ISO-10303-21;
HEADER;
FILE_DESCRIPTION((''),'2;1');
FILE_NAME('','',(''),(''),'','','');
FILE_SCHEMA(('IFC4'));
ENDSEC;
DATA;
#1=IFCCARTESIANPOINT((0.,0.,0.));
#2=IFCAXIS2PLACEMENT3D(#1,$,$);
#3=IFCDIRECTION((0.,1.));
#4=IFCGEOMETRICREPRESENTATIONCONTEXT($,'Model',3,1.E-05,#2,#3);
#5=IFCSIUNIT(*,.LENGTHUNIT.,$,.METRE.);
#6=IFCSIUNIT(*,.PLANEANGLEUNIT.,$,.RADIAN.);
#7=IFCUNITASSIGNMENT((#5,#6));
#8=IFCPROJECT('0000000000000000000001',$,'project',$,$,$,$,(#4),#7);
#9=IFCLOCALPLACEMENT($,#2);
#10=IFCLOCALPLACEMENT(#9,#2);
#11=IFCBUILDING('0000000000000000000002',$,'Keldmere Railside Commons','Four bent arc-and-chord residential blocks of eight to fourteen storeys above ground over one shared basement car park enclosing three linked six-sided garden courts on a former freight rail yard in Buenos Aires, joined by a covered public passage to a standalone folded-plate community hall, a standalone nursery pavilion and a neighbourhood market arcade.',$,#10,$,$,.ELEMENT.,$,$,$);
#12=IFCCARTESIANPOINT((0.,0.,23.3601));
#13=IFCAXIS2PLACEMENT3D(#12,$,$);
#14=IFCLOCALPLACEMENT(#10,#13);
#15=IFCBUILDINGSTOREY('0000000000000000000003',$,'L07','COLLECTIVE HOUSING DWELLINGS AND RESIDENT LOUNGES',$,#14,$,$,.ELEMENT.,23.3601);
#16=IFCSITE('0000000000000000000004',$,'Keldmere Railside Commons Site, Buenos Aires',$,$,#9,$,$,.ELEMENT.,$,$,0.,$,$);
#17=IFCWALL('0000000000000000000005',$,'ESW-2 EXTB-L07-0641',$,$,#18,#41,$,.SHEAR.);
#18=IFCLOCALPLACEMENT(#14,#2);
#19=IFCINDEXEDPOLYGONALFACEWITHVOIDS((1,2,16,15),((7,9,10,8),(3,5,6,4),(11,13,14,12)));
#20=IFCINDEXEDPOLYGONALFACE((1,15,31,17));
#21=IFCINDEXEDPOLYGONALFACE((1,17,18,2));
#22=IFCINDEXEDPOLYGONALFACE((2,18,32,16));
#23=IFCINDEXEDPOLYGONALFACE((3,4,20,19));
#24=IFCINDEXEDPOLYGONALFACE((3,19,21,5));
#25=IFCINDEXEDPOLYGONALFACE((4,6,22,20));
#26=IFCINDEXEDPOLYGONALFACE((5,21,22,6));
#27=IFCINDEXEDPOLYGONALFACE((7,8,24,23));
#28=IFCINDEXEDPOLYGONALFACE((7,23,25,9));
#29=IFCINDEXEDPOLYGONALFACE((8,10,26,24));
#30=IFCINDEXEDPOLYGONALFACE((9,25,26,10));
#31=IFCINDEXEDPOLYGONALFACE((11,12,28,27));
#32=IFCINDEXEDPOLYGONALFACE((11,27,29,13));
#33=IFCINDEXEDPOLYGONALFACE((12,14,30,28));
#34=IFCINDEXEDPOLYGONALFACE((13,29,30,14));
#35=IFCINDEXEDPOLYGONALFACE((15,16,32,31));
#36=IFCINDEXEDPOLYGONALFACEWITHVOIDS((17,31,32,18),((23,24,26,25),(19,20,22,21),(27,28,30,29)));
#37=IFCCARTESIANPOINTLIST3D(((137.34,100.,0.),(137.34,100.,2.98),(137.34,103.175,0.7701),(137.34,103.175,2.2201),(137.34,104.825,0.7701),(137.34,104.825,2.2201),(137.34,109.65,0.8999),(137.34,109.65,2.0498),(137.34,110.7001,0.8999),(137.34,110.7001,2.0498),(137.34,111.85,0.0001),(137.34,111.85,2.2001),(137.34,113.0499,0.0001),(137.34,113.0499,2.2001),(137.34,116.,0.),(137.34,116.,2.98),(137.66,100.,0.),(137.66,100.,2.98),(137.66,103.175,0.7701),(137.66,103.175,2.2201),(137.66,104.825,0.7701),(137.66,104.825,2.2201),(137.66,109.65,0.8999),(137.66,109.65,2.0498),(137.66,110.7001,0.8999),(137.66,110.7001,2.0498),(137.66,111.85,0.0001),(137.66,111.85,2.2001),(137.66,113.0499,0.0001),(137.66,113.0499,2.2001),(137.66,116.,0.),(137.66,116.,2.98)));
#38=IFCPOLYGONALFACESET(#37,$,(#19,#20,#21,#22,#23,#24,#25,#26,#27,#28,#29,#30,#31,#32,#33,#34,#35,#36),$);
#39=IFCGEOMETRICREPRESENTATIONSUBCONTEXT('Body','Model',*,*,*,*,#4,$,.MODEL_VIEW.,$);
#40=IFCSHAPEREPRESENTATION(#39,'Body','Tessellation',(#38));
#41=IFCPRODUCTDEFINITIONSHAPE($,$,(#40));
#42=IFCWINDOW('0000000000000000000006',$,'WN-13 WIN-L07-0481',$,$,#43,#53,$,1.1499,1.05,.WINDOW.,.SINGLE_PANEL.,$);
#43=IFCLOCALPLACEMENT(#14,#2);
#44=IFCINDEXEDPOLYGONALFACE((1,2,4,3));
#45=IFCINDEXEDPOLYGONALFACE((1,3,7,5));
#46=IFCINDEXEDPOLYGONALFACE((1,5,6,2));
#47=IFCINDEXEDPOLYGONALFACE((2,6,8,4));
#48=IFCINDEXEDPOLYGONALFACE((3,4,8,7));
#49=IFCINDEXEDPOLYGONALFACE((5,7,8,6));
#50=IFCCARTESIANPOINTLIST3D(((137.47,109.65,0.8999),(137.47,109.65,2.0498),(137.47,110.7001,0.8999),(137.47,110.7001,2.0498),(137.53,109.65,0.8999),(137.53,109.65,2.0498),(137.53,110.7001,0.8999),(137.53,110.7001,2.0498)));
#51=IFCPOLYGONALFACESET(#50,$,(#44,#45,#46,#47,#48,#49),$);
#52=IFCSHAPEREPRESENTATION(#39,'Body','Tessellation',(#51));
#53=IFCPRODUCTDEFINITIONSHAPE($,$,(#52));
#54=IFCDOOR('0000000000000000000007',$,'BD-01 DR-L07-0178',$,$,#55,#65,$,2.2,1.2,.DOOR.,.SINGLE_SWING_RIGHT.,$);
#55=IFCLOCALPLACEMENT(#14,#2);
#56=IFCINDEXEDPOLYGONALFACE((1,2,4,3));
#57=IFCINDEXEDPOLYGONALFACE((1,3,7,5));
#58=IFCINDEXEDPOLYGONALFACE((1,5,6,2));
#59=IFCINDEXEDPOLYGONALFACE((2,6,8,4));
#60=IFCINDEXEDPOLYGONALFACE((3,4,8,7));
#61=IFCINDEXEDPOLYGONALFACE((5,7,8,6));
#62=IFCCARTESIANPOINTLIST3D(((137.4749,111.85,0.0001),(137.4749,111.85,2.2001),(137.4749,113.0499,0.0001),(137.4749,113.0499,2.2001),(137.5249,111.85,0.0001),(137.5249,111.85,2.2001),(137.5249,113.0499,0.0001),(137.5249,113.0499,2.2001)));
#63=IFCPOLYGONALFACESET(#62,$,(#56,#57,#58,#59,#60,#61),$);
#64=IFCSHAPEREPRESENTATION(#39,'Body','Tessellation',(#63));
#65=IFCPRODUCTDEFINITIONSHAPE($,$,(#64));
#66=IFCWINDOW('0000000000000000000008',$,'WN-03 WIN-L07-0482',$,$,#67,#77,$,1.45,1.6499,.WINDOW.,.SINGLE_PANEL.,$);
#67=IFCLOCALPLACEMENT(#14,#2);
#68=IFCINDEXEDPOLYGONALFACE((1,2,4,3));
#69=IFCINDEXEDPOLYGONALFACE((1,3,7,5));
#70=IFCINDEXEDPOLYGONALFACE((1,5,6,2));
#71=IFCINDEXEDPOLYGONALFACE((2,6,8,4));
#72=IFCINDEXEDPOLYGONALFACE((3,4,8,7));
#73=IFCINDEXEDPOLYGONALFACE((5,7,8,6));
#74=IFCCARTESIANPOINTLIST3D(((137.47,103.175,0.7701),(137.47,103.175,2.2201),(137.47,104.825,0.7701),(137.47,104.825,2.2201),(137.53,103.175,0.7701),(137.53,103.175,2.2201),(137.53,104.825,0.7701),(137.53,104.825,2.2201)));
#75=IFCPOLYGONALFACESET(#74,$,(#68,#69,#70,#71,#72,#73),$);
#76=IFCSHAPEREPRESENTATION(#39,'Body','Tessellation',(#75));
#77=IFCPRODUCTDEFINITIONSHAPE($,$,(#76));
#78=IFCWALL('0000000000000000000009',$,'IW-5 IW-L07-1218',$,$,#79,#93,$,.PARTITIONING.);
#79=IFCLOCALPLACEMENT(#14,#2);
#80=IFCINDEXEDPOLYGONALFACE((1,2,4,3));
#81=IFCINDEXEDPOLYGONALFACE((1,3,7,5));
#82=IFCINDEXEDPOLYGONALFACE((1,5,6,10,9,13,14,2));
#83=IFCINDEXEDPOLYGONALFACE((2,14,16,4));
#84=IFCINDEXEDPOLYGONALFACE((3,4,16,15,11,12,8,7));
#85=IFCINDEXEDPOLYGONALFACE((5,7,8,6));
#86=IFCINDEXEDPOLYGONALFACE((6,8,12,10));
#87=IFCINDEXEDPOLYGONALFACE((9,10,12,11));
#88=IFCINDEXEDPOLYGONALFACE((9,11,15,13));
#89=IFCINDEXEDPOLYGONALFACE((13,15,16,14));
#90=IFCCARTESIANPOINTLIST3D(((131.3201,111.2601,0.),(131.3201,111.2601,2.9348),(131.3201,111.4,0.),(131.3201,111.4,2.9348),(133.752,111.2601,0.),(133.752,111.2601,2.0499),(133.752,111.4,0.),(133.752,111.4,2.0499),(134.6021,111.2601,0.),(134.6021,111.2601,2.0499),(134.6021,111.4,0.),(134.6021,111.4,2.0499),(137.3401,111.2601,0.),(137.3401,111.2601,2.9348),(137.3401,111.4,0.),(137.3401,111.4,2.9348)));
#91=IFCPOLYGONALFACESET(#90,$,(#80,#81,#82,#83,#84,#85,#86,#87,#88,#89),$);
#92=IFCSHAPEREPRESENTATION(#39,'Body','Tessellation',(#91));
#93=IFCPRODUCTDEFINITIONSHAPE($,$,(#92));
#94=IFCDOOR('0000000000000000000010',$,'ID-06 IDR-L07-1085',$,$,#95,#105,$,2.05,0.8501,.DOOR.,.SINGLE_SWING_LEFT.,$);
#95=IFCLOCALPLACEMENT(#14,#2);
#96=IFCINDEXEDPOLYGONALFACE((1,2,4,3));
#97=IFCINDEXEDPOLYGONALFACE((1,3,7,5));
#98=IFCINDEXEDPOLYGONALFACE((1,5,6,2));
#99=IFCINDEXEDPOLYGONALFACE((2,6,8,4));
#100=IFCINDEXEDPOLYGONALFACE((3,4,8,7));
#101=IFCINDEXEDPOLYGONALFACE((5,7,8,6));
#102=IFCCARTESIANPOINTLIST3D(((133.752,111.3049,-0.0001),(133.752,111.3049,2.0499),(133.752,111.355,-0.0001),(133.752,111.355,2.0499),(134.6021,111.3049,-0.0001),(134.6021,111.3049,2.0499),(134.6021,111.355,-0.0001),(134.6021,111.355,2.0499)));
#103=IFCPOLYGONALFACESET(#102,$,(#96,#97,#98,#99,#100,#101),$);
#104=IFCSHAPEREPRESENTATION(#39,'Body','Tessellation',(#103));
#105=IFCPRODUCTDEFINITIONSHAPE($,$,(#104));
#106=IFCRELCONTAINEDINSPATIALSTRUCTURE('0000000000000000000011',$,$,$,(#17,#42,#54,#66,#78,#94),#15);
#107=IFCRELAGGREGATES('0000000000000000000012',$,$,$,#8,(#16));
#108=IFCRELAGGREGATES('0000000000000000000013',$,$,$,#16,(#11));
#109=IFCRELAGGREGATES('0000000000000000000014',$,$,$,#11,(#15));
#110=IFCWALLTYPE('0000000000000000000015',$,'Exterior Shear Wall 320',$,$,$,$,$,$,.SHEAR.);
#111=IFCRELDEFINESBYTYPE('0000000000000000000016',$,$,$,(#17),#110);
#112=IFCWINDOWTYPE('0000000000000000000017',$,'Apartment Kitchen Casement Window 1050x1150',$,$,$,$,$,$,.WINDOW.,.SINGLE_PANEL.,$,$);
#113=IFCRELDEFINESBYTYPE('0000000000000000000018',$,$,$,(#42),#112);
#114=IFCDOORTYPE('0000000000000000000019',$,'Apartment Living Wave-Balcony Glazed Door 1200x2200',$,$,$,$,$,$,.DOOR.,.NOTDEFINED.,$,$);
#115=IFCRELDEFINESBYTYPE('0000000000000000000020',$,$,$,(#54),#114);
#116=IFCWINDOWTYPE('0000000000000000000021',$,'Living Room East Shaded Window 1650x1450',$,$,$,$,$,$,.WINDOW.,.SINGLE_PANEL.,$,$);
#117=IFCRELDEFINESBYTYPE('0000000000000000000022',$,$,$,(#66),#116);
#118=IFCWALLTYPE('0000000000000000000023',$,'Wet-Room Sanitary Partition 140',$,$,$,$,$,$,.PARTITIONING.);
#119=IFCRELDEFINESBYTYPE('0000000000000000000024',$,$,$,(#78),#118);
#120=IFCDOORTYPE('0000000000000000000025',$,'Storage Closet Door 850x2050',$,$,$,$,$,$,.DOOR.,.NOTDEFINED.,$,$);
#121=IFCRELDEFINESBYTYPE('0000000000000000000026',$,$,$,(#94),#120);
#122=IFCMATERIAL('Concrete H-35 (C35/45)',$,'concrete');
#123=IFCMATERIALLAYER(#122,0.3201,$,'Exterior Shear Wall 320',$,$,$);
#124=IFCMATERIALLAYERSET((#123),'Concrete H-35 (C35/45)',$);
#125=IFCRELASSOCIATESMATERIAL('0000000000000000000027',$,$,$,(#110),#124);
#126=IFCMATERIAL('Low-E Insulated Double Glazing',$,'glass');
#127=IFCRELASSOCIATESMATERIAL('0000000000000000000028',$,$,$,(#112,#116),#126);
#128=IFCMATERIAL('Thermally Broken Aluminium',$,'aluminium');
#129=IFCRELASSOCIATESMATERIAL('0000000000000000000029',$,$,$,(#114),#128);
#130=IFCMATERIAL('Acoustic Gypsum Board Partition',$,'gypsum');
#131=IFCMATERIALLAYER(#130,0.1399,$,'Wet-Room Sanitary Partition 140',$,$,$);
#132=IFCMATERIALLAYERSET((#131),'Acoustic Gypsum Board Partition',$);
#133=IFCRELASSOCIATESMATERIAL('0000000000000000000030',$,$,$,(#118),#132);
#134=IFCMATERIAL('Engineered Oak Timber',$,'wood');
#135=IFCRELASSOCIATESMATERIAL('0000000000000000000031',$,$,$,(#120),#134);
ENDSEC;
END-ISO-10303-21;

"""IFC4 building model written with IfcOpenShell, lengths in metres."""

from ifc_helpers import new_model, si_unit, direction, frame, frame_2d, origin, place, context, subcontext, project, spatial, rectangle, extrude, material, layer, layer_set, type_object, element, fill, save


model = new_model("IFC4")

# Units and contexts
model_context = context("Model", 3, precision=1e-05, world=origin(), true_north=direction((0.0, 1.0)))
body_context = subcontext(model_context, "Body", "Model", "MODEL_VIEW")
ifc_project = project(units=[si_unit("LENGTHUNIT", "METRE"), si_unit("PLANEANGLEUNIT", "RADIAN")], contexts=[model_context])

# Site, building, storey
site_placement = place(None, origin())
site = spatial("IfcSite", under=ifc_project, at=site_placement, Name="Keldmere Railside Commons Site, Buenos Aires", CompositionType="ELEMENT", RefElevation=0.0)
building_placement = place(site_placement, origin())
building = spatial("IfcBuilding", under=site, at=building_placement, Name="Keldmere Railside Commons", Description="Four bent arc-and-chord residential blocks of eight to fourteen storeys above ground over one shared basement car park enclosing three linked six-sided garden courts on a former freight rail yard in Buenos Aires, joined by a covered public passage to a standalone folded-plate community hall, a standalone nursery pavilion and a neighbourhood market arcade.", CompositionType="ELEMENT")
storey_placement = place(building_placement, frame((0.0, 0.0, 23.3601)))
storey = spatial("IfcBuildingStorey", under=building, at=storey_placement, Name="L07", Description="COLLECTIVE HOUSING DWELLINGS AND RESIDENT LOUNGES", CompositionType="ELEMENT", Elevation=23.3601)

# Shared definitions
ifc_material_1 = material(Name="Concrete H-35 (C35/45)", Category="concrete")

# Wall, openings, windows, door
ifc_layer_1 = layer(ifc_material_1, 0.3201, Name="Exterior Shear Wall 320")
ifc_layer_set_1 = layer_set([ifc_layer_1], Name="Concrete H-35 (C35/45)")
wall_type_1 = type_object("IfcWallType", Name="Exterior Shear Wall 320", PredefinedType="SHEAR", material=ifc_layer_set_1)
wall_1_placement = place(storey_placement, frame((137.5, 116.0, 0.0), z_axis=(0.0, 0.0, 1.0), x_axis=(0.0, -1.0, 0.0)))
wall_1 = element("IfcWall", 1, at=wall_1_placement, inside=storey, type_object=wall_type_1, Name="ESW-2 EXTB-L07-0641", PredefinedType="SHEAR", context=body_context, shape_type="SweptSolid", body=[
    extrude(rectangle(XDim=16.0, YDim=0.3201, at=frame_2d((8.0, 0.0))), origin(), (0.0, 0.0, 1.0), 2.98),
])
opening_1_placement = place(wall_1_placement, frame((2.95, 0.0, 0.0)))
opening_1 = element("IfcOpeningElement", 2, at=opening_1_placement, cuts=wall_1, PredefinedType="OPENING", context=body_context, shape_type="SweptSolid", body=[
    extrude(rectangle(XDim=1.2, YDim=2.2, at=frame_2d((0.6001, 1.1001))), frame((0.0, 0.1699, 0.0), z_axis=(0.0, -1.0, 0.0), x_axis=(1.0, 0.0, 0.0)), (0.0, 0.0, 1.0), 0.3401),
])
opening_2_placement = place(wall_1_placement, frame((5.3, 0.0, 0.8999)))
opening_2 = element("IfcOpeningElement", 3, at=opening_2_placement, cuts=wall_1, PredefinedType="OPENING", context=body_context, shape_type="SweptSolid", body=[
    extrude(rectangle(XDim=1.05, YDim=1.1499, at=frame_2d((0.5249, 0.575))), frame((0.0, 0.1699, 0.0), z_axis=(0.0, -1.0, 0.0), x_axis=(1.0, 0.0, 0.0)), (0.0, 0.0, 1.0), 0.3401),
])
opening_3_placement = place(wall_1_placement, frame((11.175, 0.0, 0.77)))
opening_3 = element("IfcOpeningElement", 4, at=opening_3_placement, cuts=wall_1, PredefinedType="OPENING", context=body_context, shape_type="SweptSolid", body=[
    extrude(rectangle(XDim=1.6499, YDim=1.45, at=frame_2d((0.825, 0.7251))), frame((0.0, 0.1699, 0.0), z_axis=(0.0, -1.0, 0.0), x_axis=(1.0, 0.0, 0.0)), (0.0, 0.0, 1.0), 0.3401),
])
ifc_material_2 = material(Name="Low-E Insulated Double Glazing", Category="glass")
window_type_1 = type_object("IfcWindowType", Name="Apartment Kitchen Casement Window 1050x1150", PartitioningType="SINGLE_PANEL", PredefinedType="WINDOW", material=ifc_material_2)
window_1_placement = place(opening_2_placement, origin())
window_1 = element("IfcWindow", 5, at=window_1_placement, inside=storey, type_object=window_type_1, Name="WN-13 WIN-L07-0481", OverallHeight=1.1499, OverallWidth=1.05, PartitioningType="SINGLE_PANEL", PredefinedType="WINDOW", context=body_context, shape_type="SweptSolid", body=[
    extrude(rectangle(XDim=1.05, YDim=1.1499, at=frame_2d((0.5249, 0.575))), frame((0.0, 0.03, 0.0), z_axis=(0.0, -1.0, 0.0), x_axis=(1.0, 0.0, 0.0)), (0.0, 0.0, 1.0), 0.0601),
])
fill(opening_2, window_1)
ifc_material_3 = material(Name="Thermally Broken Aluminium", Category="aluminium")
door_type_1 = type_object("IfcDoorType", Name="Apartment Living Wave-Balcony Glazed Door 1200x2200", OperationType="NOTDEFINED", PredefinedType="DOOR", material=ifc_material_3)
door_1_placement = place(opening_1_placement, origin())
door_1 = element("IfcDoor", 6, at=door_1_placement, inside=storey, type_object=door_type_1, Name="BD-01 DR-L07-0178", OperationType="SINGLE_SWING_RIGHT", OverallHeight=2.2, OverallWidth=1.2, PredefinedType="DOOR", context=body_context, shape_type="SweptSolid", body=[
    extrude(rectangle(XDim=1.2, YDim=2.2, at=frame_2d((0.6001, 1.1001))), frame((0.0, 0.0249, 0.0), z_axis=(0.0, -1.0, 0.0), x_axis=(1.0, 0.0, 0.0)), (0.0, 0.0, 1.0), 0.05),
])
fill(opening_1, door_1)
window_type_2 = type_object("IfcWindowType", Name="Living Room East Shaded Window 1650x1450", PartitioningType="SINGLE_PANEL", PredefinedType="WINDOW", material=ifc_material_2)
window_2_placement = place(opening_3_placement, origin())
window_2 = element("IfcWindow", 7, at=window_2_placement, inside=storey, type_object=window_type_2, Name="WN-03 WIN-L07-0482", OverallHeight=1.45, OverallWidth=1.6499, PartitioningType="SINGLE_PANEL", PredefinedType="WINDOW", context=body_context, shape_type="SweptSolid", body=[
    extrude(rectangle(XDim=1.6499, YDim=1.45, at=frame_2d((0.825, 0.7251))), frame((0.0, 0.03, 0.0), z_axis=(0.0, -1.0, 0.0), x_axis=(1.0, 0.0, 0.0)), (0.0, 0.0, 1.0), 0.0601),
])
fill(opening_3, window_2)

# Wall, opening, door
ifc_material_4 = material(Name="Acoustic Gypsum Board Partition", Category="gypsum")
ifc_layer_2 = layer(ifc_material_4, 0.1399, Name="Wet-Room Sanitary Partition 140")
ifc_layer_set_2 = layer_set([ifc_layer_2], Name="Acoustic Gypsum Board Partition")
wall_type_2 = type_object("IfcWallType", Name="Wet-Room Sanitary Partition 140", PredefinedType="PARTITIONING", material=ifc_layer_set_2)
wall_2_placement = place(storey_placement, frame((131.3201, 111.3301, 0.0), z_axis=(0.0, 0.0, 1.0), x_axis=(1.0, 0.0, 0.0)))
wall_2 = element("IfcWall", 8, at=wall_2_placement, inside=storey, type_object=wall_type_2, Name="IW-5 IW-L07-1218", PredefinedType="PARTITIONING", context=body_context, shape_type="SweptSolid", body=[
    extrude(rectangle(XDim=6.02, YDim=0.1399, at=frame_2d((3.01, 0.0))), origin(), (0.0, 0.0, 1.0), 2.9348),
])
opening_4_placement = place(wall_2_placement, frame((2.4319, 0.0, 0.0)))
opening_4 = element("IfcOpeningElement", 9, at=opening_4_placement, cuts=wall_2, PredefinedType="OPENING", context=body_context, shape_type="SweptSolid", body=[
    extrude(rectangle(XDim=0.8501, YDim=2.05, at=frame_2d((0.425, 1.0249))), frame((0.0, 0.0798, 0.0), z_axis=(0.0, -1.0, 0.0), x_axis=(1.0, 0.0, 0.0)), (0.0, 0.0, 1.0), 0.1599),
])
ifc_material_5 = material(Name="Engineered Oak Timber", Category="wood")
door_type_2 = type_object("IfcDoorType", Name="Storage Closet Door 850x2050", OperationType="NOTDEFINED", PredefinedType="DOOR", material=ifc_material_5)
door_2_placement = place(opening_4_placement, origin())
door_2 = element("IfcDoor", 10, at=door_2_placement, inside=storey, type_object=door_type_2, Name="ID-06 IDR-L07-1085", OperationType="SINGLE_SWING_LEFT", OverallHeight=2.05, OverallWidth=0.8501, PredefinedType="DOOR", context=body_context, shape_type="SweptSolid", body=[
    extrude(rectangle(XDim=0.8501, YDim=2.05, at=frame_2d((0.425, 1.0249))), frame((0.0, 0.0249, 0.0), z_axis=(0.0, -1.0, 0.0), x_axis=(1.0, 0.0, 0.0)), (0.0, 0.0, 1.0), 0.05),
])
fill(opening_4, door_2)

save(model, "model.ifc")
